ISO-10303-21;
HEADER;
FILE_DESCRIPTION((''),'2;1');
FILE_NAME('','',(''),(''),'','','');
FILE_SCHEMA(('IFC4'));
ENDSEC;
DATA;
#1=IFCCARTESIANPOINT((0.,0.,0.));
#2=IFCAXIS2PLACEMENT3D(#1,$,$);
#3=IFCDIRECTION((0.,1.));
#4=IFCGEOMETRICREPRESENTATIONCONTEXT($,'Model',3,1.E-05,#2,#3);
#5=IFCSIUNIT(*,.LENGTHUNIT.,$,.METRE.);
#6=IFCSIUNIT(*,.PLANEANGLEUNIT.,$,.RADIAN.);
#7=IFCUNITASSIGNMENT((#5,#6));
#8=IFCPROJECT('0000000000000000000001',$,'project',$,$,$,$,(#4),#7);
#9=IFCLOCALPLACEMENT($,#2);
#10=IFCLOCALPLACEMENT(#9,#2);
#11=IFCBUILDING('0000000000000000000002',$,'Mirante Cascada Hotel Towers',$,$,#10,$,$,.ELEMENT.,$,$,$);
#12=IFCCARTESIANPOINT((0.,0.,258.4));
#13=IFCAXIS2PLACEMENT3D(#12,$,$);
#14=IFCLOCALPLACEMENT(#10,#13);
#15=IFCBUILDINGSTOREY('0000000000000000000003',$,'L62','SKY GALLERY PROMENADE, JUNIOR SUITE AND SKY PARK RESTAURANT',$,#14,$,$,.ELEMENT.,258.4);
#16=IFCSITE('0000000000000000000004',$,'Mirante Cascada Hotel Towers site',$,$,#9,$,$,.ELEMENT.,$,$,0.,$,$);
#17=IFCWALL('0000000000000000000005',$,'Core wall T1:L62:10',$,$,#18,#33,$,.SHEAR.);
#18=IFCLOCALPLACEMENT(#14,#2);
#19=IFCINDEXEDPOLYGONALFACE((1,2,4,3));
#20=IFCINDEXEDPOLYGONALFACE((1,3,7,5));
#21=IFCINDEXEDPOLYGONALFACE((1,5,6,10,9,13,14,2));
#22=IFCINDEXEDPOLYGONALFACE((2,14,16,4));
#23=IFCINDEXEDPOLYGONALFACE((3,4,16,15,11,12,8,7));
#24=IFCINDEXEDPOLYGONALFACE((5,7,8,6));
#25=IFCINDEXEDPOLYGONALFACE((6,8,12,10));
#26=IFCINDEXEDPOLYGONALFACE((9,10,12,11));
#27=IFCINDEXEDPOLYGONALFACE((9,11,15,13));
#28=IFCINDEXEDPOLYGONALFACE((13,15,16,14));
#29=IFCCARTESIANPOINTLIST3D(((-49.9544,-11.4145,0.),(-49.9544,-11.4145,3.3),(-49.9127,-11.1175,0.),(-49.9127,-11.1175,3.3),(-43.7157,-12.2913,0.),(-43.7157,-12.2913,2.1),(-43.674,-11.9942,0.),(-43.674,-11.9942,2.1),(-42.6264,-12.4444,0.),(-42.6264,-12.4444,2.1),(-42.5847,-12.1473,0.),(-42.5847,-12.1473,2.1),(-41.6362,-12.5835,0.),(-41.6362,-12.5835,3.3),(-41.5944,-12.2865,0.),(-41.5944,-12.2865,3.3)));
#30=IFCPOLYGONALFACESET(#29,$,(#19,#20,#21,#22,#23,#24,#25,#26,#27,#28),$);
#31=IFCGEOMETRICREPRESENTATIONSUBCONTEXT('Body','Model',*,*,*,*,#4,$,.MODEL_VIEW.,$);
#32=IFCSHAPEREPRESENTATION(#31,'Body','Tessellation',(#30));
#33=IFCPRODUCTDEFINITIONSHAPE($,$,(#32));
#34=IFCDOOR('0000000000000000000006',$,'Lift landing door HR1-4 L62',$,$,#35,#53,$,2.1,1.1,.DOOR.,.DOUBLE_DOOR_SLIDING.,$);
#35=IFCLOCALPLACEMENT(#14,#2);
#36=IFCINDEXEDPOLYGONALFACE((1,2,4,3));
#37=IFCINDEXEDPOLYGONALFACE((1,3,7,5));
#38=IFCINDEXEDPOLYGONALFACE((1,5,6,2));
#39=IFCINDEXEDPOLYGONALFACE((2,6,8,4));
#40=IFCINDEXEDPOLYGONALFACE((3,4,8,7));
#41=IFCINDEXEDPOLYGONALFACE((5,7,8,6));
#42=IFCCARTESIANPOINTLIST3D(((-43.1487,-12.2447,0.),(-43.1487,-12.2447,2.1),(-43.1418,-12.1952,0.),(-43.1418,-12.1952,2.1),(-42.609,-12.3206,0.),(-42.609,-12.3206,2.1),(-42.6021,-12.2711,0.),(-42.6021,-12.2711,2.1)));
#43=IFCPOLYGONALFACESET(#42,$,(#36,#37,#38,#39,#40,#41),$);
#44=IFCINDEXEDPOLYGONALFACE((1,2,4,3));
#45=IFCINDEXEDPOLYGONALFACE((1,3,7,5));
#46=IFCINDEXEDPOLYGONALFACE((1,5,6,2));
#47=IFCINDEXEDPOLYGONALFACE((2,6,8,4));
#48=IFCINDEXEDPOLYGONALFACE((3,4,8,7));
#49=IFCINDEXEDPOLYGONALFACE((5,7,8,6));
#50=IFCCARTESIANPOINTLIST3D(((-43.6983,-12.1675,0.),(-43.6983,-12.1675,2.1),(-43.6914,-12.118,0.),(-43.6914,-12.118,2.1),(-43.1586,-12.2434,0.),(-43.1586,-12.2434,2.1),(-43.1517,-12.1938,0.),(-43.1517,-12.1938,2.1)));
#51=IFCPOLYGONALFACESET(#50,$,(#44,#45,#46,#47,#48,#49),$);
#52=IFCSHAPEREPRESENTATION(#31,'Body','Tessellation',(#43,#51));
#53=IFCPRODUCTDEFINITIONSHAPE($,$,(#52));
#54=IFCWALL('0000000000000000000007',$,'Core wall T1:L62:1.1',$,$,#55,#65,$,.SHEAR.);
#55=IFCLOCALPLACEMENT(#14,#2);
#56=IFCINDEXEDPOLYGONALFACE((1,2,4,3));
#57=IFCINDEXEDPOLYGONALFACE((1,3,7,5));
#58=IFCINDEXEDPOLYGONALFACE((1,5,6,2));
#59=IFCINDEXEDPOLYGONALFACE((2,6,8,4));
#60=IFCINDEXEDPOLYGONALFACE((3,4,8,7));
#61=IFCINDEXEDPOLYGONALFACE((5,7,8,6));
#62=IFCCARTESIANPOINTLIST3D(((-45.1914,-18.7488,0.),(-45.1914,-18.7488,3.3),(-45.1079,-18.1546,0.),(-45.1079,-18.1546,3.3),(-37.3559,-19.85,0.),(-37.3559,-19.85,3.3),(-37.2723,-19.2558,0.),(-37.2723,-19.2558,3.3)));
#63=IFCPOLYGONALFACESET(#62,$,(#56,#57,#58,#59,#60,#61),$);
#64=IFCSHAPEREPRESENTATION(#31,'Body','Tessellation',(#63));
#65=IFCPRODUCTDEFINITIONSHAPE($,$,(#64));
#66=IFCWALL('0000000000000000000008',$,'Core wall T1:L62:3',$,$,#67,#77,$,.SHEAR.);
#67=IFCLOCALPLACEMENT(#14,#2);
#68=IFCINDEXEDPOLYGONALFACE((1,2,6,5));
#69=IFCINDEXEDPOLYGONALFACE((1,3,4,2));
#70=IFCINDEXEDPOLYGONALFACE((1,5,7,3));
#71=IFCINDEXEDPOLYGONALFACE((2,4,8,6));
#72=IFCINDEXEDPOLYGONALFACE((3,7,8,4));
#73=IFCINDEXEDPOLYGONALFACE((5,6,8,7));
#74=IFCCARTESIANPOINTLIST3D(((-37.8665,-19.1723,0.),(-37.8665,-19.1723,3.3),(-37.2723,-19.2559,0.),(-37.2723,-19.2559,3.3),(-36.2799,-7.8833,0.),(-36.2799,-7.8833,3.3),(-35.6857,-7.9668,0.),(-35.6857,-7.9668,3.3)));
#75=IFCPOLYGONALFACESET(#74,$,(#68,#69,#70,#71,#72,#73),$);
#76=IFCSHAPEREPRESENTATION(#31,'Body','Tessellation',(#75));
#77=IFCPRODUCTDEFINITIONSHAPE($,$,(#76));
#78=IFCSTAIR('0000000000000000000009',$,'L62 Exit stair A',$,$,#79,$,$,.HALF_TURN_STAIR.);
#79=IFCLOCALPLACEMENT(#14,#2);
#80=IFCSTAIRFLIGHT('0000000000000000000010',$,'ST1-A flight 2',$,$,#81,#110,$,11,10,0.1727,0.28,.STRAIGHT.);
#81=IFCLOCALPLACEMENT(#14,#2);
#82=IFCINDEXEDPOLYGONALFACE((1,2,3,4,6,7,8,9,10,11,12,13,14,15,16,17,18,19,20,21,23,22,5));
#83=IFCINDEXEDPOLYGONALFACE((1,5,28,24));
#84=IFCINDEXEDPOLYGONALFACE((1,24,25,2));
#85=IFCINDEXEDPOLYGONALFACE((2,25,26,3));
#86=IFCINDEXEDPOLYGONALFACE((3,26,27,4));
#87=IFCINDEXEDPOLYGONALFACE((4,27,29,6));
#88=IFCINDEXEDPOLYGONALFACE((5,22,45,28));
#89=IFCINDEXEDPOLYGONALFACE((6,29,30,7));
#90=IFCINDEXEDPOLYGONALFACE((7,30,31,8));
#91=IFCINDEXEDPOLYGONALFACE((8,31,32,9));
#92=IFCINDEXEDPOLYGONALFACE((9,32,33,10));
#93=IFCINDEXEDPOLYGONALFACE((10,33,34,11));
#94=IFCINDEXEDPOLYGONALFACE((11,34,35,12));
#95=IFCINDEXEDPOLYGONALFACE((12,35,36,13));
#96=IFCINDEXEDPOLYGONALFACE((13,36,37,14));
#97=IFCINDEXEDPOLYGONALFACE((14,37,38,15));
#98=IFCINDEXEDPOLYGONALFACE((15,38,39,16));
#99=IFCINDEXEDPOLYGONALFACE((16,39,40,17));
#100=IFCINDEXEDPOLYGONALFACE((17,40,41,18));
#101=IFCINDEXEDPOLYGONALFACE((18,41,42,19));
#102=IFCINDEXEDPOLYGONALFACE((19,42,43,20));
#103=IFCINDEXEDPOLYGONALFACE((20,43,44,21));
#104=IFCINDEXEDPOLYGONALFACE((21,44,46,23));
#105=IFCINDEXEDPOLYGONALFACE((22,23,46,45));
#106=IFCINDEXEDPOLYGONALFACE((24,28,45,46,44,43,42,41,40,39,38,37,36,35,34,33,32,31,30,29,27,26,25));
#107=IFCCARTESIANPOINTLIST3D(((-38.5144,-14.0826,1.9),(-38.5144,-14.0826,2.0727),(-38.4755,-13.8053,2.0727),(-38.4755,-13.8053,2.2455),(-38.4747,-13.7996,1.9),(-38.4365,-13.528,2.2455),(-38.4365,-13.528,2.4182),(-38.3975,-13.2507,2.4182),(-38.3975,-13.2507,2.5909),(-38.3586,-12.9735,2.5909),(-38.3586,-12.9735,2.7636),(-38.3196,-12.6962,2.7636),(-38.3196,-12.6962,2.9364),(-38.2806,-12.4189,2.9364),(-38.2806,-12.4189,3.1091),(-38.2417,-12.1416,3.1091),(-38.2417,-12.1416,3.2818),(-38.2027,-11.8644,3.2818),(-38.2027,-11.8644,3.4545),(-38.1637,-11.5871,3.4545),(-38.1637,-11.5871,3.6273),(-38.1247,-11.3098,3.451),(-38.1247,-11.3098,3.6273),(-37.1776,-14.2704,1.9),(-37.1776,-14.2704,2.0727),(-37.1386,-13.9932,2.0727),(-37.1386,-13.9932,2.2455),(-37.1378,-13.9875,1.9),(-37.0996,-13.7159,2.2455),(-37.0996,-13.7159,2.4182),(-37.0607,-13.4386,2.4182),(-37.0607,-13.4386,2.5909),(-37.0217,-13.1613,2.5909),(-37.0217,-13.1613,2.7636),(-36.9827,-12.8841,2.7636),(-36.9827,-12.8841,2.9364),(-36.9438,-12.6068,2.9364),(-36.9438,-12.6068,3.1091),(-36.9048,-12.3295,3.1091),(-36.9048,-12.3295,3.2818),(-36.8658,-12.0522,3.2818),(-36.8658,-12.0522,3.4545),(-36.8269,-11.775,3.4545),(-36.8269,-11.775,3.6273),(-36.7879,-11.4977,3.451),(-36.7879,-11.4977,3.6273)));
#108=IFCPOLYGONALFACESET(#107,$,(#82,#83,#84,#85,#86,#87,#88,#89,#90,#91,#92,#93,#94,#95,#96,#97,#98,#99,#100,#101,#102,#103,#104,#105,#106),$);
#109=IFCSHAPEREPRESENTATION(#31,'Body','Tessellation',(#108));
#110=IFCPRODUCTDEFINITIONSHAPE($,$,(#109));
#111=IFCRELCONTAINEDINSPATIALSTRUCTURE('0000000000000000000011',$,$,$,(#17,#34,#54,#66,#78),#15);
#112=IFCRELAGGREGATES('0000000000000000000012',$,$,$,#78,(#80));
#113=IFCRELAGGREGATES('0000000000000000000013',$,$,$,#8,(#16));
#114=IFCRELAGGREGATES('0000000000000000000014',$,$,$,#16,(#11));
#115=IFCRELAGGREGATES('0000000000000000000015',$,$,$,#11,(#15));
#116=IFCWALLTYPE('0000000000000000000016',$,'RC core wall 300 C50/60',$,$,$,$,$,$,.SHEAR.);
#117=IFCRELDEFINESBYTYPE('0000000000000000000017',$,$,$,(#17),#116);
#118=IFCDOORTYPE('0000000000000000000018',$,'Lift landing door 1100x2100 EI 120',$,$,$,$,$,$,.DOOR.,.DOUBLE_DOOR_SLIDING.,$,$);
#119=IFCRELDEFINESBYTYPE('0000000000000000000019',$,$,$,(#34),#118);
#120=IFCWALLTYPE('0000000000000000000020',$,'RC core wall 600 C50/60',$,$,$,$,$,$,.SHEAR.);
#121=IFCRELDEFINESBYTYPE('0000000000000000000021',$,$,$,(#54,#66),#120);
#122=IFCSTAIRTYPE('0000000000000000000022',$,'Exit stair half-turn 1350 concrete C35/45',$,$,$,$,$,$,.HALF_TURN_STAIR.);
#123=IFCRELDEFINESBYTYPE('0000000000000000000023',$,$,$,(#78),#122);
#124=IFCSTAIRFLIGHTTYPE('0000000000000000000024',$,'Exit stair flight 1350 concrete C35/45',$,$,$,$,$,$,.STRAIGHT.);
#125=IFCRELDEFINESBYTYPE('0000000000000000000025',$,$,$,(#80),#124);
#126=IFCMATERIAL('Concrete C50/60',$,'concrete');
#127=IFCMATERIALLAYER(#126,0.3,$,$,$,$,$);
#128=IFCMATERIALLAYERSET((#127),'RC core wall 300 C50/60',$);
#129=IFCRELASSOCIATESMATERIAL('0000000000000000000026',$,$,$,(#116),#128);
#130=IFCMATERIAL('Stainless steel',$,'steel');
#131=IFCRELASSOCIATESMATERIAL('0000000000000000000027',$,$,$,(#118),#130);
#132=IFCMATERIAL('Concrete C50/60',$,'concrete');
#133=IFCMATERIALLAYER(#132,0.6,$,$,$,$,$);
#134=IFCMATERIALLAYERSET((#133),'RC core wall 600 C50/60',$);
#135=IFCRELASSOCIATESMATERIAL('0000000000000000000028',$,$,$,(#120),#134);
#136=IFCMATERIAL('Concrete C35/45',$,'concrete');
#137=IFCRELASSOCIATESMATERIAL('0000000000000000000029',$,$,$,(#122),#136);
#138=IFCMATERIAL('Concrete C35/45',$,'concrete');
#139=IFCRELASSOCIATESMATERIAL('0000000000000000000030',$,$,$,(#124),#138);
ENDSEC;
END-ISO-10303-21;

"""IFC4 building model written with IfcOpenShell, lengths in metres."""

from ifc_helpers import new_model, si_unit, direction, frame, frame_2d, origin, place, context, subcontext, project, spatial, polyline, rectangle, outline, extrude, material, layer, layer_set, type_object, element, fill, aggregate, save


model = new_model("IFC4")

# Units and contexts
model_context = context("Model", 3, precision=1e-05, world=origin(), true_north=direction((0.0, 1.0)))
body_context = subcontext(model_context, "Body", "Model", "MODEL_VIEW")
ifc_project = project(units=[si_unit("LENGTHUNIT", "METRE"), si_unit("PLANEANGLEUNIT", "RADIAN")], contexts=[model_context])

# Site, building, storey
site_placement = place(None, origin())
site = spatial("IfcSite", under=ifc_project, at=site_placement, Name="Mirante Cascada Hotel Towers site", CompositionType="ELEMENT", RefElevation=0.0)
building_placement = place(site_placement, origin())
building = spatial("IfcBuilding", under=site, at=building_placement, Name="Mirante Cascada Hotel Towers", CompositionType="ELEMENT")
storey_placement = place(building_placement, frame((0.0, 0.0, 258.4)))
storey = spatial("IfcBuildingStorey", under=building, at=storey_placement, Name="L62", Description="SKY GALLERY PROMENADE, JUNIOR SUITE AND SKY PARK RESTAURANT", CompositionType="ELEMENT", Elevation=258.4)

# Shared definitions
ifc_material_1 = material(Name="Concrete C50/60", Category="concrete")
ifc_layer_1 = layer(ifc_material_1, 0.3)
ifc_layer_set_1 = layer_set([ifc_layer_1], Name="RC core wall 300 C50/60")
wall_type_1 = type_object("IfcWallType", Name="RC core wall 300 C50/60", PredefinedType="SHEAR", material=ifc_layer_set_1)

# Shared definitions
ifc_material_2 = material(Name="Stainless steel", Category="steel")
door_type_1 = type_object("IfcDoorType", Name="Lift landing door 1100x2100 EI 120", OperationType="DOUBLE_DOOR_SLIDING", PredefinedType="DOOR", material=ifc_material_2)

# Wall, opening, door
wall_1_placement = place(storey_placement, frame((-41.6153, -12.435, 0.0), z_axis=(0.0, 0.0, 1.0), x_axis=(-0.990269, 0.139166, 0.0)))
wall_1 = element("IfcWall", 1, at=wall_1_placement, inside=storey, type_object=wall_type_1, Name="Core wall T1:L62:10", PredefinedType="SHEAR", context=body_context, shape_type="SweptSolid", body=[
    extrude(rectangle(XDim=8.4, YDim=0.3, at=frame_2d((4.2, 0.0))), origin(), (0.0, 0.0, 1.0), 3.3),
])
opening_1_placement = place(wall_1_placement, frame((1.0, 0.0, 0.0)))
opening_1 = element("IfcOpeningElement", 2, at=opening_1_placement, cuts=wall_1, PredefinedType="OPENING", context=body_context, shape_type="SweptSolid", body=[
    extrude(rectangle(XDim=1.1, YDim=2.1, at=frame_2d((0.55, 1.05))), frame((0.0, 0.15, 0.0), z_axis=(0.0, -1.0, 0.0), x_axis=(1.0, 0.0, 0.0)), (0.0, 0.0, 1.0), 0.3),
])
door_1_placement = place(opening_1_placement, origin())
door_1 = element("IfcDoor", 3, at=door_1_placement, inside=storey, type_object=door_type_1, Name="Lift landing door HR1-4 L62", OperationType="DOUBLE_DOOR_SLIDING", OverallHeight=2.1, OverallWidth=1.1, PredefinedType="DOOR", context=body_context, shape_type="SweptSolid", body=[
    extrude(rectangle(XDim=0.545, YDim=2.1, at=frame_2d((0.2725, 1.05))), frame((0.0, 0.025, 0.0), z_axis=(0.0, -1.0, 0.0), x_axis=(1.0, 0.0, 0.0)), (0.0, 0.0, 1.0), 0.05),
    extrude(rectangle(XDim=0.545, YDim=2.1, at=frame_2d((0.8275, 1.05))), frame((0.0, 0.025, 0.0), z_axis=(0.0, -1.0, 0.0), x_axis=(1.0, 0.0, 0.0)), (0.0, 0.0, 1.0), 0.05),
])
fill(opening_1, door_1)

# Walls
ifc_material_3 = material(Name="Concrete C50/60", Category="concrete")
ifc_layer_2 = layer(ifc_material_3, 0.6)
ifc_layer_set_2 = layer_set([ifc_layer_2], Name="RC core wall 600 C50/60")
wall_type_2 = type_object("IfcWallType", Name="RC core wall 600 C50/60", PredefinedType="SHEAR", material=ifc_layer_set_2)
wall_2_placement = place(storey_placement, frame((-37.3141, -19.5529, 0.0), z_axis=(0.0, 0.0, 1.0), x_axis=(-0.990268, 0.13917, 0.0)))
element("IfcWall", 4, at=wall_2_placement, inside=storey, type_object=wall_type_2, Name="Core wall T1:L62:1.1", PredefinedType="SHEAR", context=body_context, shape_type="SweptSolid", body=[
    extrude(rectangle(XDim=7.9126, YDim=0.6, at=frame_2d((3.9563, 0.0))), origin(), (0.0, 0.0, 1.0), 3.3),
])
wall_3_placement = place(storey_placement, frame((-37.5694, -19.2141, 0.0), z_axis=(0.0, 0.0, 1.0), x_axis=(0.139175, 0.990268, 0.0)))
element("IfcWall", 5, at=wall_3_placement, inside=storey, type_object=wall_type_2, Name="Core wall T1:L62:3", PredefinedType="SHEAR", context=body_context, shape_type="SweptSolid", body=[
    extrude(rectangle(XDim=11.4, YDim=0.6, at=frame_2d((5.7, 0.0))), origin(), (0.0, 0.0, 1.0), 3.3),
])

# Stair, stair flight
ifc_material_4 = material(Name="Concrete C35/45", Category="concrete")
stair_type = type_object("IfcStairType", Name="Exit stair half-turn 1350 concrete C35/45", PredefinedType="HALF_TURN_STAIR", material=ifc_material_4)
stair_placement = place(storey_placement, origin())
stair = element("IfcStair", 6, at=stair_placement, inside=storey, type_object=stair_type, Name="L62 Exit stair A", PredefinedType="HALF_TURN_STAIR")
ifc_material_5 = material(Name="Concrete C35/45", Category="concrete")
stair_flight_type = type_object("IfcStairFlightType", Name="Exit stair flight 1350 concrete C35/45", PredefinedType="STRAIGHT", material=ifc_material_5)
stair_flight_placement = place(storey_placement, frame((-37.846, -14.1765, 1.9), z_axis=(0.0, 0.0, 1.0), x_axis=(0.139173, 0.990268, 0.0)))
stair_flight = element("IfcStairFlight", 7, at=stair_flight_placement, type_object=stair_flight_type, Name="ST1-A flight 2", NumberOfRisers=11, NumberOfTreads=10, PredefinedType="STRAIGHT", RiserHeight=0.1727, TreadLength=0.28, context=body_context, shape_type="SweptSolid", body=[
    extrude(outline(polyline([(0.0, 0.0), (0.0, 0.1727), (0.28, 0.1727), (0.28, 0.3455), (0.56, 0.3455), (0.56, 0.5182), (0.84, 0.5182), (0.84, 0.6909), (1.12, 0.6909), (1.12, 0.8636), (1.4, 0.8636), (1.4, 1.0364), (1.68, 1.0364), (1.68, 1.2091), (1.96, 1.2091), (1.96, 1.3818), (2.24, 1.3818), (2.24, 1.5545), (2.52, 1.5545), (2.52, 1.7273), (2.8, 1.7273), (2.8, 1.9), (2.8, 1.551), (0.2857, 0.0), (0.0, 0.0)])), frame((0.0, 0.675, 0.0), z_axis=(0.0, -1.0, 0.0), x_axis=(1.0, 0.0, 0.0)), (0.0, 0.0, 1.0), 1.35),
])
aggregate(stair, [stair_flight])

save(model, "model.ifc")
